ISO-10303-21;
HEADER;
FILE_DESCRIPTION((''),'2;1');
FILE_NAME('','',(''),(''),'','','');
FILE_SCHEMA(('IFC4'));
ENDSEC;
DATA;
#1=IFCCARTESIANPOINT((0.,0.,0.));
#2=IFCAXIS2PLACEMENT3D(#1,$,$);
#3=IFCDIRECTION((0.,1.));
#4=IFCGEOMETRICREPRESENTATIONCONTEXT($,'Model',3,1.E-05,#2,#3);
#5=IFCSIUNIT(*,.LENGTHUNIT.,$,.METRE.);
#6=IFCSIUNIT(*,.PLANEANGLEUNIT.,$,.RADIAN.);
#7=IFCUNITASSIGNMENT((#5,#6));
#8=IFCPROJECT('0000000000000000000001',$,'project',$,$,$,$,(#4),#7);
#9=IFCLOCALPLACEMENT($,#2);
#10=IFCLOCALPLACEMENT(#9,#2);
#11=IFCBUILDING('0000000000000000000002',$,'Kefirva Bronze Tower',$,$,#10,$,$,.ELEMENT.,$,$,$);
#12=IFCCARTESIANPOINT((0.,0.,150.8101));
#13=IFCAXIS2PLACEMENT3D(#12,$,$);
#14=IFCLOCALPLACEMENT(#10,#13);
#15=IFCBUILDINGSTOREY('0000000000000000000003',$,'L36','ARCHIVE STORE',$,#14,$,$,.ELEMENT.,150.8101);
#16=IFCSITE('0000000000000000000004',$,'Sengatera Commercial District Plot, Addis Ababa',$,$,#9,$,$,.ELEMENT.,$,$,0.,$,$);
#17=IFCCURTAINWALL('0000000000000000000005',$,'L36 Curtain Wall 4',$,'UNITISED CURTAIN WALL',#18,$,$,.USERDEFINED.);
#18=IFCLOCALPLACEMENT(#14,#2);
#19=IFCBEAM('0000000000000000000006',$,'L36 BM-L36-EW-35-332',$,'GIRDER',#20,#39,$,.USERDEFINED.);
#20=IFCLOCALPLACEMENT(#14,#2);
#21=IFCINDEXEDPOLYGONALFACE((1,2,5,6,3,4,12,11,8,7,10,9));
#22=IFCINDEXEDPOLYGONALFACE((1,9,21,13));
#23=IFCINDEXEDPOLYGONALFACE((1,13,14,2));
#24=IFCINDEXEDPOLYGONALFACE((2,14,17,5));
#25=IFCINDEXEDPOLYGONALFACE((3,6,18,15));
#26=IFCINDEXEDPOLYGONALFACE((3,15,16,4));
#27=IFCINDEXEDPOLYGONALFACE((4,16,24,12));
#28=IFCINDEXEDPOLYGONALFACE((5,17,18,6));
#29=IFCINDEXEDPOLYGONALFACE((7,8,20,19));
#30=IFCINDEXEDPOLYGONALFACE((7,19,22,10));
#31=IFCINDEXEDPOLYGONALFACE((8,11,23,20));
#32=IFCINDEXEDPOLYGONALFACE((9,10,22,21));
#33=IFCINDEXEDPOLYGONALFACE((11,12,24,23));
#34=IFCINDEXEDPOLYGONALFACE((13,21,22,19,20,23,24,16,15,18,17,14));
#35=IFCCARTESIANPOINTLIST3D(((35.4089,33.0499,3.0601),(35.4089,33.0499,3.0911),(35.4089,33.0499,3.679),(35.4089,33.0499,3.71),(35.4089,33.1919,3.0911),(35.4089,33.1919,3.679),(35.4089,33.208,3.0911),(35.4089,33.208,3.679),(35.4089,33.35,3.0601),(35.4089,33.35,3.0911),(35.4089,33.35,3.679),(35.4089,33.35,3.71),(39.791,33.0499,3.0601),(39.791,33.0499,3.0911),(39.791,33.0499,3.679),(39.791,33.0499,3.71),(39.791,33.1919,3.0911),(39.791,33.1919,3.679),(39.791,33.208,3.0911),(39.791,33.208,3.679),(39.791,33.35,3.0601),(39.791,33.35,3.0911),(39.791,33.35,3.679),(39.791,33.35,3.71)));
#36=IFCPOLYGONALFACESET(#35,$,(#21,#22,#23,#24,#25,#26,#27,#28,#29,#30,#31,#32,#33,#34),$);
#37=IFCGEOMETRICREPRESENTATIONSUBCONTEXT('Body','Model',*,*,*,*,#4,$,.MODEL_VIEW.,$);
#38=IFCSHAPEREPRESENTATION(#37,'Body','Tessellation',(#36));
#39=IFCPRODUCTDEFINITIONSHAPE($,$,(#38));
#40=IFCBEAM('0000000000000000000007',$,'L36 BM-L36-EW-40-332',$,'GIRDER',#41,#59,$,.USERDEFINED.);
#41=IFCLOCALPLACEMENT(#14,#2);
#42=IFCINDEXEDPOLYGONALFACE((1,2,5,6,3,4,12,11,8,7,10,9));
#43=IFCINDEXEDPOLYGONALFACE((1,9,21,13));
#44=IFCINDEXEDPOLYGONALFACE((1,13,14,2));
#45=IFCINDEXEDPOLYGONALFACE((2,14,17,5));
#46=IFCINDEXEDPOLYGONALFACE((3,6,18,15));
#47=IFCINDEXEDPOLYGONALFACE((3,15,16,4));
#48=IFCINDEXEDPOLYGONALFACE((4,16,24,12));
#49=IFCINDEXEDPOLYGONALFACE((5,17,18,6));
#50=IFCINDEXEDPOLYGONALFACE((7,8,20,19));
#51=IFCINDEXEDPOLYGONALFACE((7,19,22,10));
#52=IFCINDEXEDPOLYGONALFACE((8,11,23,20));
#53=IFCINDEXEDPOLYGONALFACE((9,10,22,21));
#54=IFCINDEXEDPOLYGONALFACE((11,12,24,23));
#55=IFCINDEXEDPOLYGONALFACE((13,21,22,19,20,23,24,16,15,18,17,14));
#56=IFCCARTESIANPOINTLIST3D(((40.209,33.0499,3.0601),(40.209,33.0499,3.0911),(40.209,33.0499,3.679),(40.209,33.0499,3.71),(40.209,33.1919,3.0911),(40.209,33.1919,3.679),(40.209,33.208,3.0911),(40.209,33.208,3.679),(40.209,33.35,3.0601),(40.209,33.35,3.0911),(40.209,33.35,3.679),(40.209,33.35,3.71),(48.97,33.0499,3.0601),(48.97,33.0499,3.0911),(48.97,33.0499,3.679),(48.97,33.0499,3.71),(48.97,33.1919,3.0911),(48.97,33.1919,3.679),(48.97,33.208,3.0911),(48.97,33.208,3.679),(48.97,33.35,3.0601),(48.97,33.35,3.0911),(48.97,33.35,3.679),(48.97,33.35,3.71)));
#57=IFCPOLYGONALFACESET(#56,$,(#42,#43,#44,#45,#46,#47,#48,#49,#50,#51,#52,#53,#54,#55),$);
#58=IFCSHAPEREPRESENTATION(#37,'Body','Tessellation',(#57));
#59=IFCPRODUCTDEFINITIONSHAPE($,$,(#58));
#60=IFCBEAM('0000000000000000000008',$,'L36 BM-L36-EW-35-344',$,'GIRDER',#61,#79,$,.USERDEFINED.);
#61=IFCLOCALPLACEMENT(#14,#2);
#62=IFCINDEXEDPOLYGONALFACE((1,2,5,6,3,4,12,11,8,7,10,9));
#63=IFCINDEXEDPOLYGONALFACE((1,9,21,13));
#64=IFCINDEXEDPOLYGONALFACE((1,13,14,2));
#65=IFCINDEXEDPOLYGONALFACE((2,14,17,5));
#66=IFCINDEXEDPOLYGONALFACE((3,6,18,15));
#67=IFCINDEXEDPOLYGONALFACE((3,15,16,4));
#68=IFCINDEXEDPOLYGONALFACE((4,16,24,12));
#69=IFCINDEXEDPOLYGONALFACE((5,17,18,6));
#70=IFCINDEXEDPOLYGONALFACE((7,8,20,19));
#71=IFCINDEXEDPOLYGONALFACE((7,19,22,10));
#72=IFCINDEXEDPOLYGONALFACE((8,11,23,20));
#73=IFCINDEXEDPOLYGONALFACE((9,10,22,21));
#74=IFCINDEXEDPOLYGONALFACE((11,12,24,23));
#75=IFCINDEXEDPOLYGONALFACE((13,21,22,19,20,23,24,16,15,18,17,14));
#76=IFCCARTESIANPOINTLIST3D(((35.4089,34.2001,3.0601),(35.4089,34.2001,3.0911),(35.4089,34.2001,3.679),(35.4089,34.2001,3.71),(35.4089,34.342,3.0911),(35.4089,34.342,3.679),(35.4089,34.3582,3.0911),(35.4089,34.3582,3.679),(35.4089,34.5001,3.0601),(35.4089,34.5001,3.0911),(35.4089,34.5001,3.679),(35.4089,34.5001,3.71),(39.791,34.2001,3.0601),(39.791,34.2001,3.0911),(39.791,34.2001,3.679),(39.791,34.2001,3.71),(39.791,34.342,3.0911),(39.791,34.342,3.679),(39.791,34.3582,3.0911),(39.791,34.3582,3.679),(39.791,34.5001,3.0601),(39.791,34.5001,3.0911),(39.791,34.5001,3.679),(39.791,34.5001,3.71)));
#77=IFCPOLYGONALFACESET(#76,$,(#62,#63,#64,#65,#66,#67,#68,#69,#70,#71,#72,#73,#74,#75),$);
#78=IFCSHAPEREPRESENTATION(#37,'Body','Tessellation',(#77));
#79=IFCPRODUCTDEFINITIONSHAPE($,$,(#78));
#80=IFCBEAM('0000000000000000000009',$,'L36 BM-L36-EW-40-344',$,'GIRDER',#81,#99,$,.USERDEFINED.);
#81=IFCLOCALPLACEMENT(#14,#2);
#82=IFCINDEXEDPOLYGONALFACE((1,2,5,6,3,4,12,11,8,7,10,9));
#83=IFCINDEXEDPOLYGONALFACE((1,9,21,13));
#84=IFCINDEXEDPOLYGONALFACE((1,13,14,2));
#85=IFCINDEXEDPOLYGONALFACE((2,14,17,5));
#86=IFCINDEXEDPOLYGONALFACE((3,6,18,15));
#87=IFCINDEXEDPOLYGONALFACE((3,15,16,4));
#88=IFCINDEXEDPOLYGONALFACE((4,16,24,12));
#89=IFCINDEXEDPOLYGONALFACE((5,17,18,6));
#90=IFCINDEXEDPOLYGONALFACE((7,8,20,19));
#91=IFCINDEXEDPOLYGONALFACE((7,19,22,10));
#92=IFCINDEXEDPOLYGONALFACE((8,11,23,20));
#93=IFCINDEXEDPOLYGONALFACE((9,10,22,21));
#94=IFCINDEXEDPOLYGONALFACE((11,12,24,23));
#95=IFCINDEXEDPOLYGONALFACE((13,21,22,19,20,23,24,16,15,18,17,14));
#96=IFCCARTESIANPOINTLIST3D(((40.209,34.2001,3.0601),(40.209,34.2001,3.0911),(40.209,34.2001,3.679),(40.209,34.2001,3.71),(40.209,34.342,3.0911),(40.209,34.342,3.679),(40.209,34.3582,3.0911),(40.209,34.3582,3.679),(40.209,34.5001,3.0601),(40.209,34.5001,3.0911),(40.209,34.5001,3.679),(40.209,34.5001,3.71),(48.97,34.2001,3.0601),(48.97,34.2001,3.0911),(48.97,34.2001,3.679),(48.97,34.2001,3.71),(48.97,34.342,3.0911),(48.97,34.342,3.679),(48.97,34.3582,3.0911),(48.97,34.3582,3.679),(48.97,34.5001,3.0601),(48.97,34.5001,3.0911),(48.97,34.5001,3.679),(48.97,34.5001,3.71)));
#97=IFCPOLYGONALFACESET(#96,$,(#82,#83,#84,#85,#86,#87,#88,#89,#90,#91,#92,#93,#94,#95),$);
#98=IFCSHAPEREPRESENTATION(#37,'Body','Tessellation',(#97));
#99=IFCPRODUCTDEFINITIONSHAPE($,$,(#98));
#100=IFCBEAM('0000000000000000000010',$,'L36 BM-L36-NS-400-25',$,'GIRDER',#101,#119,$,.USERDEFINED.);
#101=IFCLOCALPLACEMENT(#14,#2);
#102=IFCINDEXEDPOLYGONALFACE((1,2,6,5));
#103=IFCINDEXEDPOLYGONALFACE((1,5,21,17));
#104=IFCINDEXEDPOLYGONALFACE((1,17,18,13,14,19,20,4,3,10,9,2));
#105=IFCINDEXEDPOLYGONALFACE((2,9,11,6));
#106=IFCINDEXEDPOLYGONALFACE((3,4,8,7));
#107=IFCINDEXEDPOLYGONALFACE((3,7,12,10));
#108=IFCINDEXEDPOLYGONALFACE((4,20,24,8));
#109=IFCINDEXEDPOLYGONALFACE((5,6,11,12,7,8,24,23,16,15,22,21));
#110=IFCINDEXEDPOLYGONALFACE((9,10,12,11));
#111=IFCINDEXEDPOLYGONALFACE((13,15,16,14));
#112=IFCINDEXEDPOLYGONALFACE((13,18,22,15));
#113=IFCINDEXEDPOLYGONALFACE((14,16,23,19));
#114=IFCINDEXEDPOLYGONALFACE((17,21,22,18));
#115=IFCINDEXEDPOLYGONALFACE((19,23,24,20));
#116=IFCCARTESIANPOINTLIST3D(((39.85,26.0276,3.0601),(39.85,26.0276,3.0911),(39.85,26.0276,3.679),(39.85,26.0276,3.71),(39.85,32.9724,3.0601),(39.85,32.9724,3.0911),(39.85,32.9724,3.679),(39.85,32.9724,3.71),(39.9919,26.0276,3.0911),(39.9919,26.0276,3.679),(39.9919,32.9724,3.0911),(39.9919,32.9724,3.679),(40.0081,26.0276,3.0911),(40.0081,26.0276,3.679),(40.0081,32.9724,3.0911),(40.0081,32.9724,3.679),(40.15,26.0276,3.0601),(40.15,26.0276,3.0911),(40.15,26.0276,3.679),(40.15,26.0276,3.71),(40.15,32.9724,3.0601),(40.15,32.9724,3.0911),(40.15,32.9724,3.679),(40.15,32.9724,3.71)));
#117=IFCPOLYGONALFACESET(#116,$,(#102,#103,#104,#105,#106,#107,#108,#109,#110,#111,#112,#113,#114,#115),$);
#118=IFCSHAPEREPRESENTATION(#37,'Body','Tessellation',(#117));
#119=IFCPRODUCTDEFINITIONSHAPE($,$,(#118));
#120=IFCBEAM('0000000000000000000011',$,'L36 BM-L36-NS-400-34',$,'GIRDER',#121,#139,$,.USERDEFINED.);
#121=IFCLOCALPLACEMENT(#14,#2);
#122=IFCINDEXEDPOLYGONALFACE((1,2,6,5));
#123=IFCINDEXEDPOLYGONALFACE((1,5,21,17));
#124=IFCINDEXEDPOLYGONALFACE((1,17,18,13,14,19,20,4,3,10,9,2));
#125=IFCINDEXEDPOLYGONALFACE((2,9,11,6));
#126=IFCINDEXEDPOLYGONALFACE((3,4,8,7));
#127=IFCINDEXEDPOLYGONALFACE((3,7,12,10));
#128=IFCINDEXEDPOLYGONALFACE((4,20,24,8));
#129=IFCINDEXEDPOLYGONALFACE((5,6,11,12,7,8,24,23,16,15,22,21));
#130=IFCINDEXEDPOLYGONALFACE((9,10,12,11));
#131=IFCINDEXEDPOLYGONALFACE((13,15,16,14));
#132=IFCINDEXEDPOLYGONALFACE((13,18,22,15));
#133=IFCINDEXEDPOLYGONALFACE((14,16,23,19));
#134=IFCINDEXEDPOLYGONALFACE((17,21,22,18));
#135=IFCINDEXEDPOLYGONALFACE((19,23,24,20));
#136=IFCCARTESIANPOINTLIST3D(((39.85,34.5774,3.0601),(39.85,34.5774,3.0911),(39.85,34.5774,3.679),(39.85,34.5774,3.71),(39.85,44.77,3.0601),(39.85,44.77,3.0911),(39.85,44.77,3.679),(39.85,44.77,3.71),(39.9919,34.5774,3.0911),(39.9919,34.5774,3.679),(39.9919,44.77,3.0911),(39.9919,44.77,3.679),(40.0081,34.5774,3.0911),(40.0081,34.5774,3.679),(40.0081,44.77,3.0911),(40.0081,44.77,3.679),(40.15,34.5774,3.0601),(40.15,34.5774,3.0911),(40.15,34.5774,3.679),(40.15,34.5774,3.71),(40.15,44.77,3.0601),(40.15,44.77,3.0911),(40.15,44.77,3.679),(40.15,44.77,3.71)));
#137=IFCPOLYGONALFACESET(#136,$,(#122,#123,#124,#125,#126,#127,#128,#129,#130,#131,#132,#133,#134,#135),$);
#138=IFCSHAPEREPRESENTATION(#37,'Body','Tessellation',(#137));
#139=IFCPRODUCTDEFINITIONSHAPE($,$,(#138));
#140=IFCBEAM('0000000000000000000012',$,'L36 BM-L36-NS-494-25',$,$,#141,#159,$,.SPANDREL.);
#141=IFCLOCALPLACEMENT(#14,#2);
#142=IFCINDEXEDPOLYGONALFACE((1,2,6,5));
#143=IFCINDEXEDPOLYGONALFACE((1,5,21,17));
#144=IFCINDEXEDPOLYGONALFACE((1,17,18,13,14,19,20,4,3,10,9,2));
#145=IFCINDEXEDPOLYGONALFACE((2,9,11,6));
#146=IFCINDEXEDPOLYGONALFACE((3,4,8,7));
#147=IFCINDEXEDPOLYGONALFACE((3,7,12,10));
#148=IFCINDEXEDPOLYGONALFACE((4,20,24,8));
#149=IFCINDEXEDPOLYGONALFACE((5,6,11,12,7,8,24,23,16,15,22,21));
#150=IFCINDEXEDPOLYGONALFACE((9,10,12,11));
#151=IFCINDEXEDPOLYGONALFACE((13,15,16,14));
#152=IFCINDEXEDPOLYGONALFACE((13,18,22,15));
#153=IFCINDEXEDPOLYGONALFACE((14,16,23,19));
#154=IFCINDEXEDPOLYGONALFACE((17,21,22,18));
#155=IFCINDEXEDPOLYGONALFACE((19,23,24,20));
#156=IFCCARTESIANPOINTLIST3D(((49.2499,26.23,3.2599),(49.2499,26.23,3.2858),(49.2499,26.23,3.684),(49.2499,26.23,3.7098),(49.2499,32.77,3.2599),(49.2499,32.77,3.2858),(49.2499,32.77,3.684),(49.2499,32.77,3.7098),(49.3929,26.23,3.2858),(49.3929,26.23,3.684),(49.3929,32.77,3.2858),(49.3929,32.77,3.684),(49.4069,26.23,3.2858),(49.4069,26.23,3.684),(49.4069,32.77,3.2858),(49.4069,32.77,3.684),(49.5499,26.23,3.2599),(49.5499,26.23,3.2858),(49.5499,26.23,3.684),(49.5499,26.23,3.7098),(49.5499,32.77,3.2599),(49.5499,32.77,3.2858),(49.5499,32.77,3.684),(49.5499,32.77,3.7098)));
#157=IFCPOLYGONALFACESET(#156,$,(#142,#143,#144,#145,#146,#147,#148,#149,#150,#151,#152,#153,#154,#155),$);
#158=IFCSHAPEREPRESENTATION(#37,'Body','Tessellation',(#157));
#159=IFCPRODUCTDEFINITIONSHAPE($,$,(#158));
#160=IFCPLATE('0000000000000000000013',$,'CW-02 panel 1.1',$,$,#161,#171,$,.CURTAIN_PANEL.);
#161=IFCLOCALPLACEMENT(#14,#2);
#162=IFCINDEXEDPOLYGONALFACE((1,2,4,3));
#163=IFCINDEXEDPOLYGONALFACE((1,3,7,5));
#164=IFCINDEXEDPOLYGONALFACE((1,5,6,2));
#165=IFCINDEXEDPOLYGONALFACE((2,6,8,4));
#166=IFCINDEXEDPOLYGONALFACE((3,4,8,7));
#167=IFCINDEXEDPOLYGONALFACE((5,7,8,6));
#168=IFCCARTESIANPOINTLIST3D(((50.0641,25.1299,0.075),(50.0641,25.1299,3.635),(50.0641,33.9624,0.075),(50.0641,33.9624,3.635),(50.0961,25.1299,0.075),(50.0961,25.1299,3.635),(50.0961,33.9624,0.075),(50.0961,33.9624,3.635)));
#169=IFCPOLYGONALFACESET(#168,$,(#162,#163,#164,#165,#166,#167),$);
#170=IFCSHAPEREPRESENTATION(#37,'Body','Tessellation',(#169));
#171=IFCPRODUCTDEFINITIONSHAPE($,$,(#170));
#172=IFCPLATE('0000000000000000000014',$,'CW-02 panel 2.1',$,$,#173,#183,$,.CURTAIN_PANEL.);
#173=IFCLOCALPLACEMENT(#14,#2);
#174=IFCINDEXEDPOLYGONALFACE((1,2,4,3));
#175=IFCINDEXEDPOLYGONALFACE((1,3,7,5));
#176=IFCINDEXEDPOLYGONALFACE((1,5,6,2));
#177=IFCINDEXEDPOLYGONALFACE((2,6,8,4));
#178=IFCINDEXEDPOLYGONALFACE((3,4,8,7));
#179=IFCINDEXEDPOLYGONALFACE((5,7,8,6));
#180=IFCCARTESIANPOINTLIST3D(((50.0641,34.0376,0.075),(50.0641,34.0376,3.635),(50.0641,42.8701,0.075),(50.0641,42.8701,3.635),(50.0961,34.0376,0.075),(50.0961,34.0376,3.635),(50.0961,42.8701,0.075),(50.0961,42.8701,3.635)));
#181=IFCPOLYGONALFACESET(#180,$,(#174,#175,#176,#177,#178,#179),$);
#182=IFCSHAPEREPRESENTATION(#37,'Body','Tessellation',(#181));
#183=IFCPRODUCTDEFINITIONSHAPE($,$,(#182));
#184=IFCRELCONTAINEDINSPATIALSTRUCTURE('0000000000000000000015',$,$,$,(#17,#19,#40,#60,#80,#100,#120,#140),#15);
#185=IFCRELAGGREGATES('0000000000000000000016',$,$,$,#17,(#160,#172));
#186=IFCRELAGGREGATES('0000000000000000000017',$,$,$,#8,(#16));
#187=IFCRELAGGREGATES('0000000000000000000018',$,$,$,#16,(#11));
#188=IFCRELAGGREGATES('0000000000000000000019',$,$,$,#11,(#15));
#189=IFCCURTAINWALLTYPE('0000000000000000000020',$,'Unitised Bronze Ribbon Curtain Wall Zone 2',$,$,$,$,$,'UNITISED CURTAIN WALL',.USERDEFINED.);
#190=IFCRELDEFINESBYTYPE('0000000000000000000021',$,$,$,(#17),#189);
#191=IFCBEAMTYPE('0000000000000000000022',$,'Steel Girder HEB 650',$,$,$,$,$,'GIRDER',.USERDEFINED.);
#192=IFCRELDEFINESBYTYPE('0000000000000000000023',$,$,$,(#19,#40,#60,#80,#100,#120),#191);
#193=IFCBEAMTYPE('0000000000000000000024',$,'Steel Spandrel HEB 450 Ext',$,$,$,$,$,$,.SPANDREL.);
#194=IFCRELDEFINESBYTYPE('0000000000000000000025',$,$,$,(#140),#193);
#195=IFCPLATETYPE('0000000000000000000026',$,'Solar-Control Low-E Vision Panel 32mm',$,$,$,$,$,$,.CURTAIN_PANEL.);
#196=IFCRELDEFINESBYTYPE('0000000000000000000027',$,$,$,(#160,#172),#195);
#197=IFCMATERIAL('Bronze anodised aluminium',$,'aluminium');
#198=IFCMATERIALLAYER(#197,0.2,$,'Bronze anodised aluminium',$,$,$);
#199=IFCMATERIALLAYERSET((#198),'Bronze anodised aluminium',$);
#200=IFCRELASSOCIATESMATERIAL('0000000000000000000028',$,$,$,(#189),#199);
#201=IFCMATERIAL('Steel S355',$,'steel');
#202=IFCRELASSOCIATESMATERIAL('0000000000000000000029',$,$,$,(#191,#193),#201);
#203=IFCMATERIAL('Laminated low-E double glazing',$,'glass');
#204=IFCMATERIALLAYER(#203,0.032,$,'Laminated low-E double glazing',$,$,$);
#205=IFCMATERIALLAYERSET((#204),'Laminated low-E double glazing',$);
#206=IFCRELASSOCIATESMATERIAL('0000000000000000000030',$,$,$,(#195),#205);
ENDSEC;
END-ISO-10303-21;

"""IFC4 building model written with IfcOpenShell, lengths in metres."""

from ifc_helpers import new_model, si_unit, direction, frame, origin, origin_2d, place, context, subcontext, project, spatial, rectangle, i_section, extrude, material, layer, layer_set, material_profile, profile_set, type_object, element, aggregate, save


model = new_model("IFC4")

# Units and contexts
model_context = context("Model", 3, precision=1e-05, world=origin(), true_north=direction((0.0, 1.0)))
body_context = subcontext(model_context, "Body", "Model", "MODEL_VIEW")
ifc_project = project(units=[si_unit("LENGTHUNIT", "METRE"), si_unit("PLANEANGLEUNIT", "RADIAN")], contexts=[model_context])

# Site, building, storey
site_placement = place(None, origin())
site = spatial("IfcSite", under=ifc_project, at=site_placement, Name="Sengatera Commercial District Plot, Addis Ababa", CompositionType="ELEMENT", RefElevation=0.0)
building_placement = place(site_placement, origin())
building = spatial("IfcBuilding", under=site, at=building_placement, Name="Kefirva Bronze Tower", CompositionType="ELEMENT")
storey_placement = place(building_placement, frame((0.0, 0.0, 150.8101)))
storey = spatial("IfcBuildingStorey", under=building, at=storey_placement, Name="L36", Description="ARCHIVE STORE", CompositionType="ELEMENT", Elevation=150.8101)

# Curtain wall
ifc_material_1 = material(Name="Bronze anodised aluminium", Category="aluminium")
ifc_layer_1 = layer(ifc_material_1, 0.2, Name="Bronze anodised aluminium")
ifc_layer_set_1 = layer_set([ifc_layer_1], Name="Bronze anodised aluminium")
curtain_wall_type = type_object("IfcCurtainWallType", Name="Unitised Bronze Ribbon Curtain Wall Zone 2", ElementType="UNITISED CURTAIN WALL", PredefinedType="USERDEFINED", material=ifc_layer_set_1)
curtain_wall_placement = place(storey_placement, origin())
curtain_wall = element("IfcCurtainWall", 1, at=curtain_wall_placement, inside=storey, type_object=curtain_wall_type, Name="L36 Curtain Wall 4", ObjectType="UNITISED CURTAIN WALL", PredefinedType="USERDEFINED")

# Beams
ifc_material_2 = material(Name="Steel S355", Category="steel")
ifc_material_profile_1 = material_profile(ifc_material_2, i_section(OverallWidth=0.3, OverallDepth=0.6499, WebThickness=0.0161, FlangeThickness=0.031, at=origin_2d()), Name="HEB 650")
ifc_profile_set_1 = profile_set([ifc_material_profile_1], Name="Steel S355")
beam_type_1 = type_object("IfcBeamType", Name="Steel Girder HEB 650", ElementType="GIRDER", PredefinedType="USERDEFINED", material=ifc_profile_set_1)
beam_1_placement = place(storey_placement, frame((35.4089, 33.2, 3.385), z_axis=(1.0, 0.0, 0.0), x_axis=(0.0, 1.0, 0.0)))
element("IfcBeam", 2, at=beam_1_placement, inside=storey, type_object=beam_type_1, Name="L36 BM-L36-EW-35-332", ObjectType="GIRDER", PredefinedType="USERDEFINED", context=body_context, shape_type="SweptSolid", body=[
    extrude(i_section(OverallWidth=0.3, OverallDepth=0.6499, WebThickness=0.0161, FlangeThickness=0.031, at=origin_2d()), origin(), (0.0, 0.0, 1.0), 4.3821),
])
beam_2_placement = place(storey_placement, frame((40.209, 33.2, 3.385), z_axis=(1.0, 0.0, 0.0), x_axis=(0.0, 1.0, 0.0)))
element("IfcBeam", 3, at=beam_2_placement, inside=storey, type_object=beam_type_1, Name="L36 BM-L36-EW-40-332", ObjectType="GIRDER", PredefinedType="USERDEFINED", context=body_context, shape_type="SweptSolid", body=[
    extrude(i_section(OverallWidth=0.3, OverallDepth=0.6499, WebThickness=0.0161, FlangeThickness=0.031, at=origin_2d()), origin(), (0.0, 0.0, 1.0), 8.761),
])
beam_3_placement = place(storey_placement, frame((35.4089, 34.3501, 3.385), z_axis=(1.0, 0.0, 0.0), x_axis=(0.0, 1.0, 0.0)))
element("IfcBeam", 4, at=beam_3_placement, inside=storey, type_object=beam_type_1, Name="L36 BM-L36-EW-35-344", ObjectType="GIRDER", PredefinedType="USERDEFINED", context=body_context, shape_type="SweptSolid", body=[
    extrude(i_section(OverallWidth=0.3, OverallDepth=0.6499, WebThickness=0.0161, FlangeThickness=0.031, at=origin_2d()), origin(), (0.0, 0.0, 1.0), 4.3821),
])
beam_4_placement = place(storey_placement, frame((40.209, 34.3501, 3.385), z_axis=(1.0, 0.0, 0.0), x_axis=(0.0, 1.0, 0.0)))
element("IfcBeam", 5, at=beam_4_placement, inside=storey, type_object=beam_type_1, Name="L36 BM-L36-EW-40-344", ObjectType="GIRDER", PredefinedType="USERDEFINED", context=body_context, shape_type="SweptSolid", body=[
    extrude(i_section(OverallWidth=0.3, OverallDepth=0.6499, WebThickness=0.0161, FlangeThickness=0.031, at=origin_2d()), origin(), (0.0, 0.0, 1.0), 8.761),
])
beam_5_placement = place(storey_placement, frame((40.0, 26.0276, 3.385), z_axis=(0.0, 1.0, 0.0), x_axis=(-1.0, 0.0, 0.0)))
element("IfcBeam", 6, at=beam_5_placement, inside=storey, type_object=beam_type_1, Name="L36 BM-L36-NS-400-25", ObjectType="GIRDER", PredefinedType="USERDEFINED", context=body_context, shape_type="SweptSolid", body=[
    extrude(i_section(OverallWidth=0.3, OverallDepth=0.6499, WebThickness=0.0161, FlangeThickness=0.031, at=origin_2d()), origin(), (0.0, 0.0, 1.0), 6.9448),
])
beam_6_placement = place(storey_placement, frame((40.0, 34.5774, 3.385), z_axis=(0.0, 1.0, 0.0), x_axis=(-1.0, 0.0, 0.0)))
element("IfcBeam", 7, at=beam_6_placement, inside=storey, type_object=beam_type_1, Name="L36 BM-L36-NS-400-34", ObjectType="GIRDER", PredefinedType="USERDEFINED", context=body_context, shape_type="SweptSolid", body=[
    extrude(i_section(OverallWidth=0.3, OverallDepth=0.6499, WebThickness=0.0161, FlangeThickness=0.031, at=origin_2d()), origin(), (0.0, 0.0, 1.0), 10.1926),
])
ifc_material_profile_2 = material_profile(ifc_material_2, i_section(OverallWidth=0.3, OverallDepth=0.45, WebThickness=0.0139, FlangeThickness=0.0259, at=origin_2d()), Name="HEB 450")
ifc_profile_set_2 = profile_set([ifc_material_profile_2], Name="Steel S355")
beam_type_2 = type_object("IfcBeamType", Name="Steel Spandrel HEB 450 Ext", PredefinedType="SPANDREL", material=ifc_profile_set_2)
beam_7_placement = place(storey_placement, frame((49.3999, 26.23, 3.4849), z_axis=(0.0, 1.0, 0.0), x_axis=(-1.0, 0.0, 0.0)))
element("IfcBeam", 8, at=beam_7_placement, inside=storey, type_object=beam_type_2, Name="L36 BM-L36-NS-494-25", PredefinedType="SPANDREL", context=body_context, shape_type="SweptSolid", body=[
    extrude(i_section(OverallWidth=0.3, OverallDepth=0.45, WebThickness=0.0139, FlangeThickness=0.0259, at=origin_2d()), origin(), (0.0, 0.0, 1.0), 6.54),
])

# Plates
ifc_material_3 = material(Name="Laminated low-E double glazing", Category="glass")
ifc_layer_2 = layer(ifc_material_3, 0.032, Name="Laminated low-E double glazing")
ifc_layer_set_2 = layer_set([ifc_layer_2], Name="Laminated low-E double glazing")
plate_type = type_object("IfcPlateType", Name="Solar-Control Low-E Vision Panel 32mm", PredefinedType="CURTAIN_PANEL", material=ifc_layer_set_2)
plate_1_placement = place(storey_placement, frame((50.0801, 29.5461, 0.075), z_axis=(0.0, 0.0, 1.0), x_axis=(0.0, 1.0, 0.0)))
plate_1 = element("IfcPlate", 9, at=plate_1_placement, type_object=plate_type, Name="CW-02 panel 1.1", PredefinedType="CURTAIN_PANEL", context=body_context, shape_type="SweptSolid", body=[
    extrude(rectangle(XDim=8.8325, YDim=0.032, at=origin_2d()), origin(), (0.0, 0.0, 1.0), 3.5601),
])
plate_2_placement = place(storey_placement, frame((50.0801, 38.4539, 0.075), z_axis=(0.0, 0.0, 1.0), x_axis=(0.0, 1.0, 0.0)))
plate_2 = element("IfcPlate", 10, at=plate_2_placement, type_object=plate_type, Name="CW-02 panel 2.1", PredefinedType="CURTAIN_PANEL", context=body_context, shape_type="SweptSolid", body=[
    extrude(rectangle(XDim=8.8325, YDim=0.032, at=origin_2d()), origin(), (0.0, 0.0, 1.0), 3.5601),
])
aggregate(curtain_wall, [plate_1, plate_2])

save(model, "model.ifc")
